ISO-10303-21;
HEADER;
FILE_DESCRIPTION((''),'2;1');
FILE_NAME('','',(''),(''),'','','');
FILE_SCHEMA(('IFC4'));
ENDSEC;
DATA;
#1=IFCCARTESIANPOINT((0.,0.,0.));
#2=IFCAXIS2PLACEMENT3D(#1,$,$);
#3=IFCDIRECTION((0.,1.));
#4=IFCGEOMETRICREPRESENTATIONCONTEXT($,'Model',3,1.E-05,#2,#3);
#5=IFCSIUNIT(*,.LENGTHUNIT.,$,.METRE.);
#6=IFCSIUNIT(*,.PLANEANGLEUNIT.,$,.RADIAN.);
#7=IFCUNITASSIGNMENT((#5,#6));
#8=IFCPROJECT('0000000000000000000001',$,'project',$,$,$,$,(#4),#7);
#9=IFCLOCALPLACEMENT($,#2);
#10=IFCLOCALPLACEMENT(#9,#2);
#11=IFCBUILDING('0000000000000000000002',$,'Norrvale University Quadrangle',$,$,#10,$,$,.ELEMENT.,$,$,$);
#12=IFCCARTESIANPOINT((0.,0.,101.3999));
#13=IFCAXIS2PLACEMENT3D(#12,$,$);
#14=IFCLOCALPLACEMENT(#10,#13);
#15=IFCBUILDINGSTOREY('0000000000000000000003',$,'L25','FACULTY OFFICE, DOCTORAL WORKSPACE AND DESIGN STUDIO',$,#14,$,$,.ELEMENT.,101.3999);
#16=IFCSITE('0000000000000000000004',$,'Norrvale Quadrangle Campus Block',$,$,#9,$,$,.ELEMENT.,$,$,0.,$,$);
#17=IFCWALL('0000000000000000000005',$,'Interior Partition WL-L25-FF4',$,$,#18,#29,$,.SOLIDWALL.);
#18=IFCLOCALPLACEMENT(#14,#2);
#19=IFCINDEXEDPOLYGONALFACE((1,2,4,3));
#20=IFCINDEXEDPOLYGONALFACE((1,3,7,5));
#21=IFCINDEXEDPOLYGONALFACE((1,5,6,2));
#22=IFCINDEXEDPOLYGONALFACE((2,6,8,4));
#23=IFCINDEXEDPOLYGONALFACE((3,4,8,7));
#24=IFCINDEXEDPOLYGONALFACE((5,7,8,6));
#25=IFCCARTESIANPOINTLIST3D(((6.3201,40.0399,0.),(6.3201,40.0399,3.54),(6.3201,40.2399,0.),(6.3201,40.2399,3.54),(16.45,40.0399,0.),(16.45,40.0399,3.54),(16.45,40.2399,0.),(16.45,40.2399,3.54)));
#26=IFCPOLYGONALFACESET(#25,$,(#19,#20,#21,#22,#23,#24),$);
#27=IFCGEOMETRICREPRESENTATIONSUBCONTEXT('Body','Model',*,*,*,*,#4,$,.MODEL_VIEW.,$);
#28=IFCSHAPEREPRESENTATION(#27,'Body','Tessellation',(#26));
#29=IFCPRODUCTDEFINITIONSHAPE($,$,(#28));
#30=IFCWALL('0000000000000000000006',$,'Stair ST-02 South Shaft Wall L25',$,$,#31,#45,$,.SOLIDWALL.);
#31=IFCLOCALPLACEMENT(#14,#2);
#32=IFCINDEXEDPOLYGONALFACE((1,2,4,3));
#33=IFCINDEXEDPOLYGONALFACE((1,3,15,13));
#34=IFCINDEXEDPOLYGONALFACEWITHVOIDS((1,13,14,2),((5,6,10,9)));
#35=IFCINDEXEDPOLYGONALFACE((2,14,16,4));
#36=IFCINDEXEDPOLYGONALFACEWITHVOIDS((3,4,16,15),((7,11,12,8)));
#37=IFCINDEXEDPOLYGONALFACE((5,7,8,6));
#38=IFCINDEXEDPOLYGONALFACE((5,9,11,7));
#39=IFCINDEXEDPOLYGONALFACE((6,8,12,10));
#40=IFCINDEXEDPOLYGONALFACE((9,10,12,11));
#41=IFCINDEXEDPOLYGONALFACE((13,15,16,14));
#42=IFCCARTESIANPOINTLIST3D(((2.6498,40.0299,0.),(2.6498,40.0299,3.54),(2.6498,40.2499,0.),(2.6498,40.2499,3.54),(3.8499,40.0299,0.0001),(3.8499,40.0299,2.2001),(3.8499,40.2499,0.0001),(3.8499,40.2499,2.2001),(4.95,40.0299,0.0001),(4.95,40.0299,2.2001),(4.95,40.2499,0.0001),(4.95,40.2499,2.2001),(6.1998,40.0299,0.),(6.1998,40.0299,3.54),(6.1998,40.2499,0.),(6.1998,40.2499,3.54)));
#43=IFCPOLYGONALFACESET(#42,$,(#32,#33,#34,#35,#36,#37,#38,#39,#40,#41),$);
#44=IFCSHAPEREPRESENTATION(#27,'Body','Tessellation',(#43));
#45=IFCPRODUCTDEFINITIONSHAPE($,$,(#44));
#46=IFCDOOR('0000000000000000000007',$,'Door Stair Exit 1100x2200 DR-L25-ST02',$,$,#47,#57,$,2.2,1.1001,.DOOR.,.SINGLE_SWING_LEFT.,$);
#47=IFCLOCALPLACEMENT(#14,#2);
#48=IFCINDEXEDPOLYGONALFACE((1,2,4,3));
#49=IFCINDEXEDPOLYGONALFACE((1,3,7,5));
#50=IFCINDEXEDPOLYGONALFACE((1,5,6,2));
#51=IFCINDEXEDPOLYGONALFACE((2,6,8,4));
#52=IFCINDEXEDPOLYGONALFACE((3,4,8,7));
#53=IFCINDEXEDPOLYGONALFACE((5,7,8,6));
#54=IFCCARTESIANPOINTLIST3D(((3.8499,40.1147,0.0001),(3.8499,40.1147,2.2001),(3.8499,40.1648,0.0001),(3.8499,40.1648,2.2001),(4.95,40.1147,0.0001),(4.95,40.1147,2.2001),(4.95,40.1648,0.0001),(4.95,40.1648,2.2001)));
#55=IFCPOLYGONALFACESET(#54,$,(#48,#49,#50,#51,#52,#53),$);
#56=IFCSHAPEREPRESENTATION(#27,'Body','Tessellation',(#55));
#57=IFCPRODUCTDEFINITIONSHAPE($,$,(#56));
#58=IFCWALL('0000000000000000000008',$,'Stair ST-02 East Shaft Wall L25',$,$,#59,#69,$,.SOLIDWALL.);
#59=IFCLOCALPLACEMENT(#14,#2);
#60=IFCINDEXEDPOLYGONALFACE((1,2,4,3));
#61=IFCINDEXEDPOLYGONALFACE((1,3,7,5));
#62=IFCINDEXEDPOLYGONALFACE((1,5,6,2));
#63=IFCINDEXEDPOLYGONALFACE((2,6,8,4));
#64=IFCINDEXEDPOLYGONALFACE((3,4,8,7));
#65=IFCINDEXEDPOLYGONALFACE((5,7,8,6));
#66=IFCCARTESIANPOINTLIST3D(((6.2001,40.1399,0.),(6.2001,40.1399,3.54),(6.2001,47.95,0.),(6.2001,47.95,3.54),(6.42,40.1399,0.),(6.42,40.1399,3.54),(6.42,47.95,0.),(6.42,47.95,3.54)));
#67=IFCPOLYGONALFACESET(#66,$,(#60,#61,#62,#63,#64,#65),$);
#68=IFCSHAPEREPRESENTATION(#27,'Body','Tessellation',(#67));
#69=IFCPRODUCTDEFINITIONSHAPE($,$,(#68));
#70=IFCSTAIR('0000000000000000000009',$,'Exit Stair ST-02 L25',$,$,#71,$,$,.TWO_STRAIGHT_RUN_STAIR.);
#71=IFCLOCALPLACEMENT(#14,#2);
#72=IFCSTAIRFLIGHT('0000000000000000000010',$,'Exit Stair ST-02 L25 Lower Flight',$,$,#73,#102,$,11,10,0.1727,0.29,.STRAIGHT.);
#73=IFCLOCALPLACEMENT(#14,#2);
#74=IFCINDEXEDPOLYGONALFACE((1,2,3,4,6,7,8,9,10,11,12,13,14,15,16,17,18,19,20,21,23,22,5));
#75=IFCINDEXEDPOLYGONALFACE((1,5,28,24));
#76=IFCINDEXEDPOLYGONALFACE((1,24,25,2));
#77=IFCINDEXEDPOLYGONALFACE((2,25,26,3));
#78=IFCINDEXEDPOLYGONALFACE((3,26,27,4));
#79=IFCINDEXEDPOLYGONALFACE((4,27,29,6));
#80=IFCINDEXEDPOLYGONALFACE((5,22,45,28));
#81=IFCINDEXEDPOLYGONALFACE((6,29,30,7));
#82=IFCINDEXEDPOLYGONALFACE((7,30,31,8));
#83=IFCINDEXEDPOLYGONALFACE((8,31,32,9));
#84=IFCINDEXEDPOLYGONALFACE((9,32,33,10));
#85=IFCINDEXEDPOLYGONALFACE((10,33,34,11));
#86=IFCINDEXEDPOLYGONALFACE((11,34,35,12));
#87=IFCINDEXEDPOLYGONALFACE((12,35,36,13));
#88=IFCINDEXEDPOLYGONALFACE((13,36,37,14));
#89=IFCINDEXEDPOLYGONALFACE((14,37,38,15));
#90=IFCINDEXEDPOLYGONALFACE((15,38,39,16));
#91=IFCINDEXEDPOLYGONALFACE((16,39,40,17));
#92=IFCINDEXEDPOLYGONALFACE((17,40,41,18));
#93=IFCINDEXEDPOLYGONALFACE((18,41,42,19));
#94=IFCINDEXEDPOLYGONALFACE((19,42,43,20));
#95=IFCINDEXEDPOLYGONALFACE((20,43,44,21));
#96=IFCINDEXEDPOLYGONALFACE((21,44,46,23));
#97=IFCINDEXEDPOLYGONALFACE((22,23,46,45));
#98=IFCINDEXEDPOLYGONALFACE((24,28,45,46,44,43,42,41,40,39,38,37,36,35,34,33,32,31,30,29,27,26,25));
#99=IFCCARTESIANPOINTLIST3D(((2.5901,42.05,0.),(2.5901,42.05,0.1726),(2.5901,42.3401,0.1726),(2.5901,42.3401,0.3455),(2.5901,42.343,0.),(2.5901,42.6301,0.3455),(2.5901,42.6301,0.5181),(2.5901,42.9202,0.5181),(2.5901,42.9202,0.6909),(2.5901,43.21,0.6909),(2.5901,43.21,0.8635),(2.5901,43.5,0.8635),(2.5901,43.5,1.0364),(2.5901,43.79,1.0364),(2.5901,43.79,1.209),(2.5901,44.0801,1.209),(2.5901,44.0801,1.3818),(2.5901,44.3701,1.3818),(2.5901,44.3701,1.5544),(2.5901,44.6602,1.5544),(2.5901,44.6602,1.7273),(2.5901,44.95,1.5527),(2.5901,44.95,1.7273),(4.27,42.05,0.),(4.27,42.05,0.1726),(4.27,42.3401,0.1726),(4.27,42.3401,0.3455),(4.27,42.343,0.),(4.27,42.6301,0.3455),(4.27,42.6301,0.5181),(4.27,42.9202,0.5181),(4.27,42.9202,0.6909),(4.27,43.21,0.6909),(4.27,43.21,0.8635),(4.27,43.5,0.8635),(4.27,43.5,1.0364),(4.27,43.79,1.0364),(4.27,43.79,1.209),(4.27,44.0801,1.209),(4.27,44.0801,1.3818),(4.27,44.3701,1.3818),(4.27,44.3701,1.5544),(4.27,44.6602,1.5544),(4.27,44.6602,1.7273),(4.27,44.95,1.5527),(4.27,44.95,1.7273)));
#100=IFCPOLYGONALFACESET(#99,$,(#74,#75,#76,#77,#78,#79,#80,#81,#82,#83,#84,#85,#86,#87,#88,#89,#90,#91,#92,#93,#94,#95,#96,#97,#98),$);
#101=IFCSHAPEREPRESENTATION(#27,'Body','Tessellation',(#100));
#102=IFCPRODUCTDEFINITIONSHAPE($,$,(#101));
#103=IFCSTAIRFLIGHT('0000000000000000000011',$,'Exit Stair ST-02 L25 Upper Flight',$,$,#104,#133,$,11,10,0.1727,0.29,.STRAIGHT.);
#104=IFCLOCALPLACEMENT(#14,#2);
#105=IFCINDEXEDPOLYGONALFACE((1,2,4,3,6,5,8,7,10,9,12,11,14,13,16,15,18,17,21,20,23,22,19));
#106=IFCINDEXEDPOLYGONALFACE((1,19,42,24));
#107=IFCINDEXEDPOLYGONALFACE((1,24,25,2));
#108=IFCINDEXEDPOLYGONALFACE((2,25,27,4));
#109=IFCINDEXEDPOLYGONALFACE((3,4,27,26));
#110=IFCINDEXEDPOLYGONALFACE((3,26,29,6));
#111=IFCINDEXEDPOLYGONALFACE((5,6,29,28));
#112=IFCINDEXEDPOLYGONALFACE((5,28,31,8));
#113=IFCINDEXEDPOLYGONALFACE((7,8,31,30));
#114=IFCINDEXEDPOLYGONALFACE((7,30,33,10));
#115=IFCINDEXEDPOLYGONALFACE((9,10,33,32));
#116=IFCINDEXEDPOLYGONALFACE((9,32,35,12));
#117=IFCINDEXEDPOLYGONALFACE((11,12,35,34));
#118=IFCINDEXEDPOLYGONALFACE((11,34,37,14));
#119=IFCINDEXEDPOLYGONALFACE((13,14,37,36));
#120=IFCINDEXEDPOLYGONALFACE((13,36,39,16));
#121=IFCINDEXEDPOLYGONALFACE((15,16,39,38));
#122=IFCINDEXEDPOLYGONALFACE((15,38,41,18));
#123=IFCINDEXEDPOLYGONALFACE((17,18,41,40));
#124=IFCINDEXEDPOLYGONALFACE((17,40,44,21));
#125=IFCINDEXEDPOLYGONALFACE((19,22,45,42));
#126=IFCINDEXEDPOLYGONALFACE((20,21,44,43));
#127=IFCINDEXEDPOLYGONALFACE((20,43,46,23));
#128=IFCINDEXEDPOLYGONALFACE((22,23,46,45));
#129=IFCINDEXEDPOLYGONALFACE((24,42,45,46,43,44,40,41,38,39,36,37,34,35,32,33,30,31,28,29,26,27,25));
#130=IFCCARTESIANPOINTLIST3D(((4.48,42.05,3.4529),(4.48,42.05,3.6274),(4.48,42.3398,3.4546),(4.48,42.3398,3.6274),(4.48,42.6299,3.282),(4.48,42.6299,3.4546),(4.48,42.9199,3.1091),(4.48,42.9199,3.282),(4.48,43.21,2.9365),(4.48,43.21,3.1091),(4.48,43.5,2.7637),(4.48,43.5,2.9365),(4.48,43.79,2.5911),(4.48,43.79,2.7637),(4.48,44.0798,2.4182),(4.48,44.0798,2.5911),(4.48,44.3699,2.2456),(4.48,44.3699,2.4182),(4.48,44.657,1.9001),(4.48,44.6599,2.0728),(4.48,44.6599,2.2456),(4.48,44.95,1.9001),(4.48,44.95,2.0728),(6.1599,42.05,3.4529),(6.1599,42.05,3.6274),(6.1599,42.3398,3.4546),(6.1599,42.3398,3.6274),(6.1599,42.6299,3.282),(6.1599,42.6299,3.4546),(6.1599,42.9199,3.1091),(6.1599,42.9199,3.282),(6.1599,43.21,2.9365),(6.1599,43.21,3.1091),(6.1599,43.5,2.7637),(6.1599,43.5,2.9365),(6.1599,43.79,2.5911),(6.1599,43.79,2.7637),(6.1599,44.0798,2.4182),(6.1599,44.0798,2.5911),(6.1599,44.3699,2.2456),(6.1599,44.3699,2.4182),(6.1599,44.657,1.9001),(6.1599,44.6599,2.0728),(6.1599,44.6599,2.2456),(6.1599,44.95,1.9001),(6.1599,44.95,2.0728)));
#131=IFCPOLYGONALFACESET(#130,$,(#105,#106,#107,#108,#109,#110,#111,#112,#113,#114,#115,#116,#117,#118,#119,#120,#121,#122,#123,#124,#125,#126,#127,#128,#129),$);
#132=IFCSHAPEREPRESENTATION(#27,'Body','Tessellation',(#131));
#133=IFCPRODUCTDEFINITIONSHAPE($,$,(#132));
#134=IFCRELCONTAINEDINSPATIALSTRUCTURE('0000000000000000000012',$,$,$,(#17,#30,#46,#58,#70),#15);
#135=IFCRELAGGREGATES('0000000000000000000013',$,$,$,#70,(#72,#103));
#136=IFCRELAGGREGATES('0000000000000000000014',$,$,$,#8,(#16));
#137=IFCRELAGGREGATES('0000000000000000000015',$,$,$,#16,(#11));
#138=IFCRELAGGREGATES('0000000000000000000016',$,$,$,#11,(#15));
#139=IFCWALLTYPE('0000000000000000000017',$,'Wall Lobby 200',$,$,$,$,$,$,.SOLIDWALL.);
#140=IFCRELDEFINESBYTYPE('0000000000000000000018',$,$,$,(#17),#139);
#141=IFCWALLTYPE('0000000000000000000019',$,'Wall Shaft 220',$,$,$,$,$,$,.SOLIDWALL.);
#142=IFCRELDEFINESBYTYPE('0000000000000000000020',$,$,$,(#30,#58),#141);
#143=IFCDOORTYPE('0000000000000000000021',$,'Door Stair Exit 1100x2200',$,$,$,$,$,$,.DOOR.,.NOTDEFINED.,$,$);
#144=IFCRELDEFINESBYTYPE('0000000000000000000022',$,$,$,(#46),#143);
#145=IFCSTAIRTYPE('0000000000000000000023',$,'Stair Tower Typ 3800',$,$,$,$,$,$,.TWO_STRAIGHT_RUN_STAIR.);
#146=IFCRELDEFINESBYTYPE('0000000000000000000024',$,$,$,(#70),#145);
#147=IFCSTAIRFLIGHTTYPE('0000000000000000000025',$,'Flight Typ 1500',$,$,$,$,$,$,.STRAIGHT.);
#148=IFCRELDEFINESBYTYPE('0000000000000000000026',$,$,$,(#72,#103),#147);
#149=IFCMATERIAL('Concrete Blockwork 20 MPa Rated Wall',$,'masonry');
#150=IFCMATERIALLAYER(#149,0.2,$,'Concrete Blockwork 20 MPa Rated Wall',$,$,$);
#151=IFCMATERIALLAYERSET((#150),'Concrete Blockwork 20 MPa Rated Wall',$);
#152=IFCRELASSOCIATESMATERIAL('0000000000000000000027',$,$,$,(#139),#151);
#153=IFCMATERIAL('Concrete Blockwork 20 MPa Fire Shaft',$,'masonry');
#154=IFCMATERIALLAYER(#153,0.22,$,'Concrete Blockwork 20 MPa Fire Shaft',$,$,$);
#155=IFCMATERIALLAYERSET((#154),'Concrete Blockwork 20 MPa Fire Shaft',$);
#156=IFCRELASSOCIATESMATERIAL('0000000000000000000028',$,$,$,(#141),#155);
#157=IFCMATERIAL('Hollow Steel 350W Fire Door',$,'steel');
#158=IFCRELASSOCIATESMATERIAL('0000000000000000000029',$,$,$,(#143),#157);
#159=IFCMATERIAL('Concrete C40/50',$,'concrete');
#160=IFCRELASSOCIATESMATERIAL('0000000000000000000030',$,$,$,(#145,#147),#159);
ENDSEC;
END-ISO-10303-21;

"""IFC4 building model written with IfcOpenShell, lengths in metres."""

from ifc_helpers import new_model, si_unit, direction, frame, frame_2d, origin, place, context, subcontext, project, spatial, polyline, rectangle, outline, extrude, material, layer, layer_set, type_object, element, fill, aggregate, save


model = new_model("IFC4")

# Units and contexts
model_context = context("Model", 3, precision=1e-05, world=origin(), true_north=direction((0.0, 1.0)))
body_context = subcontext(model_context, "Body", "Model", "MODEL_VIEW")
ifc_project = project(units=[si_unit("LENGTHUNIT", "METRE"), si_unit("PLANEANGLEUNIT", "RADIAN")], contexts=[model_context])

# Site, building, storey
site_placement = place(None, origin())
site = spatial("IfcSite", under=ifc_project, at=site_placement, Name="Norrvale Quadrangle Campus Block", CompositionType="ELEMENT", RefElevation=0.0)
building_placement = place(site_placement, origin())
building = spatial("IfcBuilding", under=site, at=building_placement, Name="Norrvale University Quadrangle", CompositionType="ELEMENT")
storey_placement = place(building_placement, frame((0.0, 0.0, 101.3999)))
storey = spatial("IfcBuildingStorey", under=building, at=storey_placement, Name="L25", Description="FACULTY OFFICE, DOCTORAL WORKSPACE AND DESIGN STUDIO", CompositionType="ELEMENT", Elevation=101.3999)

# Wall
ifc_material_1 = material(Name="Concrete Blockwork 20 MPa Rated Wall", Category="masonry")
ifc_layer_1 = layer(ifc_material_1, 0.2, Name="Concrete Blockwork 20 MPa Rated Wall")
ifc_layer_set_1 = layer_set([ifc_layer_1], Name="Concrete Blockwork 20 MPa Rated Wall")
wall_type_1 = type_object("IfcWallType", Name="Wall Lobby 200", PredefinedType="SOLIDWALL", material=ifc_layer_set_1)
wall_1_placement = place(storey_placement, frame((6.3201, 40.1399, 0.0), z_axis=(0.0, 0.0, 1.0), x_axis=(1.0, 0.0, 0.0)))
element("IfcWall", 1, at=wall_1_placement, inside=storey, type_object=wall_type_1, Name="Interior Partition WL-L25-FF4", PredefinedType="SOLIDWALL", context=body_context, shape_type="SweptSolid", body=[
    extrude(rectangle(XDim=10.1299, YDim=0.2, at=frame_2d((5.0649, 0.0))), origin(), (0.0, 0.0, 1.0), 3.54),
])

# Wall, opening, door
ifc_material_2 = material(Name="Concrete Blockwork 20 MPa Fire Shaft", Category="masonry")
ifc_layer_2 = layer(ifc_material_2, 0.22, Name="Concrete Blockwork 20 MPa Fire Shaft")
ifc_layer_set_2 = layer_set([ifc_layer_2], Name="Concrete Blockwork 20 MPa Fire Shaft")
wall_type_2 = type_object("IfcWallType", Name="Wall Shaft 220", PredefinedType="SOLIDWALL", material=ifc_layer_set_2)
wall_2_placement = place(storey_placement, frame((2.6499, 40.1399, 0.0), z_axis=(0.0, 0.0, 1.0), x_axis=(1.0, 0.0, 0.0)))
wall_2 = element("IfcWall", 2, at=wall_2_placement, inside=storey, type_object=wall_type_2, Name="Stair ST-02 South Shaft Wall L25", PredefinedType="SOLIDWALL", context=body_context, shape_type="SweptSolid", body=[
    extrude(rectangle(XDim=3.55, YDim=0.22, at=frame_2d((1.7749, 0.0))), origin(), (0.0, 0.0, 1.0), 3.54),
])
opening_placement = place(wall_2_placement, frame((1.2, 0.0, 0.0)))
opening = element("IfcOpeningElement", 3, at=opening_placement, cuts=wall_2, PredefinedType="OPENING", context=body_context, shape_type="SweptSolid", body=[
    extrude(rectangle(XDim=1.1001, YDim=2.2, at=frame_2d((0.55, 1.1001))), frame((0.0, 0.1221, 0.0), z_axis=(0.0, -1.0, 0.0), x_axis=(1.0, 0.0, 0.0)), (0.0, 0.0, 1.0), 0.2439),
])
ifc_material_3 = material(Name="Hollow Steel 350W Fire Door", Category="steel")
door_type = type_object("IfcDoorType", Name="Door Stair Exit 1100x2200", OperationType="NOTDEFINED", PredefinedType="DOOR", material=ifc_material_3)
door_placement = place(opening_placement, origin())
door = element("IfcDoor", 4, at=door_placement, inside=storey, type_object=door_type, Name="Door Stair Exit 1100x2200 DR-L25-ST02", OperationType="SINGLE_SWING_LEFT", OverallHeight=2.2, OverallWidth=1.1001, PredefinedType="DOOR", context=body_context, shape_type="SweptSolid", body=[
    extrude(rectangle(XDim=1.1001, YDim=2.2, at=frame_2d((0.55, 1.1001))), frame((0.0, 0.0249, 0.0), z_axis=(0.0, -1.0, 0.0), x_axis=(1.0, 0.0, 0.0)), (0.0, 0.0, 1.0), 0.05),
])
fill(opening, door)

# Wall
wall_3_placement = place(storey_placement, frame((6.3101, 40.1399, 0.0), z_axis=(0.0, 0.0, 1.0), x_axis=(0.0, 1.0, 0.0)))
element("IfcWall", 5, at=wall_3_placement, inside=storey, type_object=wall_type_2, Name="Stair ST-02 East Shaft Wall L25", PredefinedType="SOLIDWALL", context=body_context, shape_type="SweptSolid", body=[
    extrude(rectangle(XDim=7.8101, YDim=0.22, at=frame_2d((3.905, 0.0))), origin(), (0.0, 0.0, 1.0), 3.54),
])

# Stair, stair flights
ifc_material_4 = material(Name="Concrete C40/50", Category="concrete")
stair_type = type_object("IfcStairType", Name="Stair Tower Typ 3800", PredefinedType="TWO_STRAIGHT_RUN_STAIR", material=ifc_material_4)
stair_placement = place(storey_placement, origin())
stair = element("IfcStair", 6, at=stair_placement, inside=storey, type_object=stair_type, Name="Exit Stair ST-02 L25", PredefinedType="TWO_STRAIGHT_RUN_STAIR")
stair_flight_type = type_object("IfcStairFlightType", Name="Flight Typ 1500", PredefinedType="STRAIGHT", material=ifc_material_4)
stair_flight_1_placement = place(storey_placement, frame((3.4299, 42.05, 0.0), z_axis=(0.0, 0.0, 1.0), x_axis=(0.0, 1.0, 0.0)))
stair_flight_1 = element("IfcStairFlight", 7, at=stair_flight_1_placement, type_object=stair_flight_type, Name="Exit Stair ST-02 L25 Lower Flight", NumberOfRisers=11, NumberOfTreads=10, PredefinedType="STRAIGHT", RiserHeight=0.1727, TreadLength=0.29, context=body_context, shape_type="SweptSolid", body=[
    extrude(outline(polyline([(0.0, 0.0), (0.0, 0.1726), (0.29, 0.1726), (0.29, 0.3455), (0.5801, 0.3455), (0.5801, 0.5181), (0.8701, 0.5181), (0.8701, 0.6909), (1.1599, 0.6909), (1.1599, 0.8635), (1.45, 0.8635), (1.45, 1.0364), (1.74, 1.0364), (1.74, 1.209), (2.03, 1.209), (2.03, 1.3818), (2.3201, 1.3818), (2.3201, 1.5544), (2.6101, 1.5544), (2.6101, 1.7273), (2.8999, 1.7273), (2.8999, 1.8999), (2.8999, 1.5527), (0.293, 0.0), (0.0, 0.0)])), frame((0.0, 0.8398, 0.0), z_axis=(0.0, -1.0, 0.0), x_axis=(1.0, 0.0, 0.0)), (0.0, 0.0, 1.0), 1.6799),
])
stair_flight_2_placement = place(storey_placement, frame((5.3201, 44.95, 1.9001), z_axis=(0.0, 0.0, 1.0), x_axis=(0.0, -1.0, 0.0)))
stair_flight_2 = element("IfcStairFlight", 8, at=stair_flight_2_placement, type_object=stair_flight_type, Name="Exit Stair ST-02 L25 Upper Flight", NumberOfRisers=11, NumberOfTreads=10, PredefinedType="STRAIGHT", RiserHeight=0.1727, TreadLength=0.29, context=body_context, shape_type="SweptSolid", body=[
    extrude(outline(polyline([(0.0, 0.0), (0.0, 0.1726), (0.29, 0.1726), (0.29, 0.3455), (0.5801, 0.3455), (0.5801, 0.5181), (0.8701, 0.5181), (0.8701, 0.6909), (1.1599, 0.6909), (1.1599, 0.8635), (1.45, 0.8635), (1.45, 1.0364), (1.74, 1.0364), (1.74, 1.209), (2.03, 1.209), (2.03, 1.3818), (2.3201, 1.3818), (2.3201, 1.5544), (2.6101, 1.5544), (2.6101, 1.7273), (2.8999, 1.7273), (2.8999, 1.8999), (2.8999, 1.5527), (0.293, 0.0), (0.0, 0.0)])), frame((0.0, 0.8398, 0.0), z_axis=(0.0, -1.0, 0.0), x_axis=(1.0, 0.0, 0.0)), (0.0, 0.0, 1.0), 1.6799),
])
aggregate(stair, [stair_flight_1, stair_flight_2])

save(model, "model.ifc")
